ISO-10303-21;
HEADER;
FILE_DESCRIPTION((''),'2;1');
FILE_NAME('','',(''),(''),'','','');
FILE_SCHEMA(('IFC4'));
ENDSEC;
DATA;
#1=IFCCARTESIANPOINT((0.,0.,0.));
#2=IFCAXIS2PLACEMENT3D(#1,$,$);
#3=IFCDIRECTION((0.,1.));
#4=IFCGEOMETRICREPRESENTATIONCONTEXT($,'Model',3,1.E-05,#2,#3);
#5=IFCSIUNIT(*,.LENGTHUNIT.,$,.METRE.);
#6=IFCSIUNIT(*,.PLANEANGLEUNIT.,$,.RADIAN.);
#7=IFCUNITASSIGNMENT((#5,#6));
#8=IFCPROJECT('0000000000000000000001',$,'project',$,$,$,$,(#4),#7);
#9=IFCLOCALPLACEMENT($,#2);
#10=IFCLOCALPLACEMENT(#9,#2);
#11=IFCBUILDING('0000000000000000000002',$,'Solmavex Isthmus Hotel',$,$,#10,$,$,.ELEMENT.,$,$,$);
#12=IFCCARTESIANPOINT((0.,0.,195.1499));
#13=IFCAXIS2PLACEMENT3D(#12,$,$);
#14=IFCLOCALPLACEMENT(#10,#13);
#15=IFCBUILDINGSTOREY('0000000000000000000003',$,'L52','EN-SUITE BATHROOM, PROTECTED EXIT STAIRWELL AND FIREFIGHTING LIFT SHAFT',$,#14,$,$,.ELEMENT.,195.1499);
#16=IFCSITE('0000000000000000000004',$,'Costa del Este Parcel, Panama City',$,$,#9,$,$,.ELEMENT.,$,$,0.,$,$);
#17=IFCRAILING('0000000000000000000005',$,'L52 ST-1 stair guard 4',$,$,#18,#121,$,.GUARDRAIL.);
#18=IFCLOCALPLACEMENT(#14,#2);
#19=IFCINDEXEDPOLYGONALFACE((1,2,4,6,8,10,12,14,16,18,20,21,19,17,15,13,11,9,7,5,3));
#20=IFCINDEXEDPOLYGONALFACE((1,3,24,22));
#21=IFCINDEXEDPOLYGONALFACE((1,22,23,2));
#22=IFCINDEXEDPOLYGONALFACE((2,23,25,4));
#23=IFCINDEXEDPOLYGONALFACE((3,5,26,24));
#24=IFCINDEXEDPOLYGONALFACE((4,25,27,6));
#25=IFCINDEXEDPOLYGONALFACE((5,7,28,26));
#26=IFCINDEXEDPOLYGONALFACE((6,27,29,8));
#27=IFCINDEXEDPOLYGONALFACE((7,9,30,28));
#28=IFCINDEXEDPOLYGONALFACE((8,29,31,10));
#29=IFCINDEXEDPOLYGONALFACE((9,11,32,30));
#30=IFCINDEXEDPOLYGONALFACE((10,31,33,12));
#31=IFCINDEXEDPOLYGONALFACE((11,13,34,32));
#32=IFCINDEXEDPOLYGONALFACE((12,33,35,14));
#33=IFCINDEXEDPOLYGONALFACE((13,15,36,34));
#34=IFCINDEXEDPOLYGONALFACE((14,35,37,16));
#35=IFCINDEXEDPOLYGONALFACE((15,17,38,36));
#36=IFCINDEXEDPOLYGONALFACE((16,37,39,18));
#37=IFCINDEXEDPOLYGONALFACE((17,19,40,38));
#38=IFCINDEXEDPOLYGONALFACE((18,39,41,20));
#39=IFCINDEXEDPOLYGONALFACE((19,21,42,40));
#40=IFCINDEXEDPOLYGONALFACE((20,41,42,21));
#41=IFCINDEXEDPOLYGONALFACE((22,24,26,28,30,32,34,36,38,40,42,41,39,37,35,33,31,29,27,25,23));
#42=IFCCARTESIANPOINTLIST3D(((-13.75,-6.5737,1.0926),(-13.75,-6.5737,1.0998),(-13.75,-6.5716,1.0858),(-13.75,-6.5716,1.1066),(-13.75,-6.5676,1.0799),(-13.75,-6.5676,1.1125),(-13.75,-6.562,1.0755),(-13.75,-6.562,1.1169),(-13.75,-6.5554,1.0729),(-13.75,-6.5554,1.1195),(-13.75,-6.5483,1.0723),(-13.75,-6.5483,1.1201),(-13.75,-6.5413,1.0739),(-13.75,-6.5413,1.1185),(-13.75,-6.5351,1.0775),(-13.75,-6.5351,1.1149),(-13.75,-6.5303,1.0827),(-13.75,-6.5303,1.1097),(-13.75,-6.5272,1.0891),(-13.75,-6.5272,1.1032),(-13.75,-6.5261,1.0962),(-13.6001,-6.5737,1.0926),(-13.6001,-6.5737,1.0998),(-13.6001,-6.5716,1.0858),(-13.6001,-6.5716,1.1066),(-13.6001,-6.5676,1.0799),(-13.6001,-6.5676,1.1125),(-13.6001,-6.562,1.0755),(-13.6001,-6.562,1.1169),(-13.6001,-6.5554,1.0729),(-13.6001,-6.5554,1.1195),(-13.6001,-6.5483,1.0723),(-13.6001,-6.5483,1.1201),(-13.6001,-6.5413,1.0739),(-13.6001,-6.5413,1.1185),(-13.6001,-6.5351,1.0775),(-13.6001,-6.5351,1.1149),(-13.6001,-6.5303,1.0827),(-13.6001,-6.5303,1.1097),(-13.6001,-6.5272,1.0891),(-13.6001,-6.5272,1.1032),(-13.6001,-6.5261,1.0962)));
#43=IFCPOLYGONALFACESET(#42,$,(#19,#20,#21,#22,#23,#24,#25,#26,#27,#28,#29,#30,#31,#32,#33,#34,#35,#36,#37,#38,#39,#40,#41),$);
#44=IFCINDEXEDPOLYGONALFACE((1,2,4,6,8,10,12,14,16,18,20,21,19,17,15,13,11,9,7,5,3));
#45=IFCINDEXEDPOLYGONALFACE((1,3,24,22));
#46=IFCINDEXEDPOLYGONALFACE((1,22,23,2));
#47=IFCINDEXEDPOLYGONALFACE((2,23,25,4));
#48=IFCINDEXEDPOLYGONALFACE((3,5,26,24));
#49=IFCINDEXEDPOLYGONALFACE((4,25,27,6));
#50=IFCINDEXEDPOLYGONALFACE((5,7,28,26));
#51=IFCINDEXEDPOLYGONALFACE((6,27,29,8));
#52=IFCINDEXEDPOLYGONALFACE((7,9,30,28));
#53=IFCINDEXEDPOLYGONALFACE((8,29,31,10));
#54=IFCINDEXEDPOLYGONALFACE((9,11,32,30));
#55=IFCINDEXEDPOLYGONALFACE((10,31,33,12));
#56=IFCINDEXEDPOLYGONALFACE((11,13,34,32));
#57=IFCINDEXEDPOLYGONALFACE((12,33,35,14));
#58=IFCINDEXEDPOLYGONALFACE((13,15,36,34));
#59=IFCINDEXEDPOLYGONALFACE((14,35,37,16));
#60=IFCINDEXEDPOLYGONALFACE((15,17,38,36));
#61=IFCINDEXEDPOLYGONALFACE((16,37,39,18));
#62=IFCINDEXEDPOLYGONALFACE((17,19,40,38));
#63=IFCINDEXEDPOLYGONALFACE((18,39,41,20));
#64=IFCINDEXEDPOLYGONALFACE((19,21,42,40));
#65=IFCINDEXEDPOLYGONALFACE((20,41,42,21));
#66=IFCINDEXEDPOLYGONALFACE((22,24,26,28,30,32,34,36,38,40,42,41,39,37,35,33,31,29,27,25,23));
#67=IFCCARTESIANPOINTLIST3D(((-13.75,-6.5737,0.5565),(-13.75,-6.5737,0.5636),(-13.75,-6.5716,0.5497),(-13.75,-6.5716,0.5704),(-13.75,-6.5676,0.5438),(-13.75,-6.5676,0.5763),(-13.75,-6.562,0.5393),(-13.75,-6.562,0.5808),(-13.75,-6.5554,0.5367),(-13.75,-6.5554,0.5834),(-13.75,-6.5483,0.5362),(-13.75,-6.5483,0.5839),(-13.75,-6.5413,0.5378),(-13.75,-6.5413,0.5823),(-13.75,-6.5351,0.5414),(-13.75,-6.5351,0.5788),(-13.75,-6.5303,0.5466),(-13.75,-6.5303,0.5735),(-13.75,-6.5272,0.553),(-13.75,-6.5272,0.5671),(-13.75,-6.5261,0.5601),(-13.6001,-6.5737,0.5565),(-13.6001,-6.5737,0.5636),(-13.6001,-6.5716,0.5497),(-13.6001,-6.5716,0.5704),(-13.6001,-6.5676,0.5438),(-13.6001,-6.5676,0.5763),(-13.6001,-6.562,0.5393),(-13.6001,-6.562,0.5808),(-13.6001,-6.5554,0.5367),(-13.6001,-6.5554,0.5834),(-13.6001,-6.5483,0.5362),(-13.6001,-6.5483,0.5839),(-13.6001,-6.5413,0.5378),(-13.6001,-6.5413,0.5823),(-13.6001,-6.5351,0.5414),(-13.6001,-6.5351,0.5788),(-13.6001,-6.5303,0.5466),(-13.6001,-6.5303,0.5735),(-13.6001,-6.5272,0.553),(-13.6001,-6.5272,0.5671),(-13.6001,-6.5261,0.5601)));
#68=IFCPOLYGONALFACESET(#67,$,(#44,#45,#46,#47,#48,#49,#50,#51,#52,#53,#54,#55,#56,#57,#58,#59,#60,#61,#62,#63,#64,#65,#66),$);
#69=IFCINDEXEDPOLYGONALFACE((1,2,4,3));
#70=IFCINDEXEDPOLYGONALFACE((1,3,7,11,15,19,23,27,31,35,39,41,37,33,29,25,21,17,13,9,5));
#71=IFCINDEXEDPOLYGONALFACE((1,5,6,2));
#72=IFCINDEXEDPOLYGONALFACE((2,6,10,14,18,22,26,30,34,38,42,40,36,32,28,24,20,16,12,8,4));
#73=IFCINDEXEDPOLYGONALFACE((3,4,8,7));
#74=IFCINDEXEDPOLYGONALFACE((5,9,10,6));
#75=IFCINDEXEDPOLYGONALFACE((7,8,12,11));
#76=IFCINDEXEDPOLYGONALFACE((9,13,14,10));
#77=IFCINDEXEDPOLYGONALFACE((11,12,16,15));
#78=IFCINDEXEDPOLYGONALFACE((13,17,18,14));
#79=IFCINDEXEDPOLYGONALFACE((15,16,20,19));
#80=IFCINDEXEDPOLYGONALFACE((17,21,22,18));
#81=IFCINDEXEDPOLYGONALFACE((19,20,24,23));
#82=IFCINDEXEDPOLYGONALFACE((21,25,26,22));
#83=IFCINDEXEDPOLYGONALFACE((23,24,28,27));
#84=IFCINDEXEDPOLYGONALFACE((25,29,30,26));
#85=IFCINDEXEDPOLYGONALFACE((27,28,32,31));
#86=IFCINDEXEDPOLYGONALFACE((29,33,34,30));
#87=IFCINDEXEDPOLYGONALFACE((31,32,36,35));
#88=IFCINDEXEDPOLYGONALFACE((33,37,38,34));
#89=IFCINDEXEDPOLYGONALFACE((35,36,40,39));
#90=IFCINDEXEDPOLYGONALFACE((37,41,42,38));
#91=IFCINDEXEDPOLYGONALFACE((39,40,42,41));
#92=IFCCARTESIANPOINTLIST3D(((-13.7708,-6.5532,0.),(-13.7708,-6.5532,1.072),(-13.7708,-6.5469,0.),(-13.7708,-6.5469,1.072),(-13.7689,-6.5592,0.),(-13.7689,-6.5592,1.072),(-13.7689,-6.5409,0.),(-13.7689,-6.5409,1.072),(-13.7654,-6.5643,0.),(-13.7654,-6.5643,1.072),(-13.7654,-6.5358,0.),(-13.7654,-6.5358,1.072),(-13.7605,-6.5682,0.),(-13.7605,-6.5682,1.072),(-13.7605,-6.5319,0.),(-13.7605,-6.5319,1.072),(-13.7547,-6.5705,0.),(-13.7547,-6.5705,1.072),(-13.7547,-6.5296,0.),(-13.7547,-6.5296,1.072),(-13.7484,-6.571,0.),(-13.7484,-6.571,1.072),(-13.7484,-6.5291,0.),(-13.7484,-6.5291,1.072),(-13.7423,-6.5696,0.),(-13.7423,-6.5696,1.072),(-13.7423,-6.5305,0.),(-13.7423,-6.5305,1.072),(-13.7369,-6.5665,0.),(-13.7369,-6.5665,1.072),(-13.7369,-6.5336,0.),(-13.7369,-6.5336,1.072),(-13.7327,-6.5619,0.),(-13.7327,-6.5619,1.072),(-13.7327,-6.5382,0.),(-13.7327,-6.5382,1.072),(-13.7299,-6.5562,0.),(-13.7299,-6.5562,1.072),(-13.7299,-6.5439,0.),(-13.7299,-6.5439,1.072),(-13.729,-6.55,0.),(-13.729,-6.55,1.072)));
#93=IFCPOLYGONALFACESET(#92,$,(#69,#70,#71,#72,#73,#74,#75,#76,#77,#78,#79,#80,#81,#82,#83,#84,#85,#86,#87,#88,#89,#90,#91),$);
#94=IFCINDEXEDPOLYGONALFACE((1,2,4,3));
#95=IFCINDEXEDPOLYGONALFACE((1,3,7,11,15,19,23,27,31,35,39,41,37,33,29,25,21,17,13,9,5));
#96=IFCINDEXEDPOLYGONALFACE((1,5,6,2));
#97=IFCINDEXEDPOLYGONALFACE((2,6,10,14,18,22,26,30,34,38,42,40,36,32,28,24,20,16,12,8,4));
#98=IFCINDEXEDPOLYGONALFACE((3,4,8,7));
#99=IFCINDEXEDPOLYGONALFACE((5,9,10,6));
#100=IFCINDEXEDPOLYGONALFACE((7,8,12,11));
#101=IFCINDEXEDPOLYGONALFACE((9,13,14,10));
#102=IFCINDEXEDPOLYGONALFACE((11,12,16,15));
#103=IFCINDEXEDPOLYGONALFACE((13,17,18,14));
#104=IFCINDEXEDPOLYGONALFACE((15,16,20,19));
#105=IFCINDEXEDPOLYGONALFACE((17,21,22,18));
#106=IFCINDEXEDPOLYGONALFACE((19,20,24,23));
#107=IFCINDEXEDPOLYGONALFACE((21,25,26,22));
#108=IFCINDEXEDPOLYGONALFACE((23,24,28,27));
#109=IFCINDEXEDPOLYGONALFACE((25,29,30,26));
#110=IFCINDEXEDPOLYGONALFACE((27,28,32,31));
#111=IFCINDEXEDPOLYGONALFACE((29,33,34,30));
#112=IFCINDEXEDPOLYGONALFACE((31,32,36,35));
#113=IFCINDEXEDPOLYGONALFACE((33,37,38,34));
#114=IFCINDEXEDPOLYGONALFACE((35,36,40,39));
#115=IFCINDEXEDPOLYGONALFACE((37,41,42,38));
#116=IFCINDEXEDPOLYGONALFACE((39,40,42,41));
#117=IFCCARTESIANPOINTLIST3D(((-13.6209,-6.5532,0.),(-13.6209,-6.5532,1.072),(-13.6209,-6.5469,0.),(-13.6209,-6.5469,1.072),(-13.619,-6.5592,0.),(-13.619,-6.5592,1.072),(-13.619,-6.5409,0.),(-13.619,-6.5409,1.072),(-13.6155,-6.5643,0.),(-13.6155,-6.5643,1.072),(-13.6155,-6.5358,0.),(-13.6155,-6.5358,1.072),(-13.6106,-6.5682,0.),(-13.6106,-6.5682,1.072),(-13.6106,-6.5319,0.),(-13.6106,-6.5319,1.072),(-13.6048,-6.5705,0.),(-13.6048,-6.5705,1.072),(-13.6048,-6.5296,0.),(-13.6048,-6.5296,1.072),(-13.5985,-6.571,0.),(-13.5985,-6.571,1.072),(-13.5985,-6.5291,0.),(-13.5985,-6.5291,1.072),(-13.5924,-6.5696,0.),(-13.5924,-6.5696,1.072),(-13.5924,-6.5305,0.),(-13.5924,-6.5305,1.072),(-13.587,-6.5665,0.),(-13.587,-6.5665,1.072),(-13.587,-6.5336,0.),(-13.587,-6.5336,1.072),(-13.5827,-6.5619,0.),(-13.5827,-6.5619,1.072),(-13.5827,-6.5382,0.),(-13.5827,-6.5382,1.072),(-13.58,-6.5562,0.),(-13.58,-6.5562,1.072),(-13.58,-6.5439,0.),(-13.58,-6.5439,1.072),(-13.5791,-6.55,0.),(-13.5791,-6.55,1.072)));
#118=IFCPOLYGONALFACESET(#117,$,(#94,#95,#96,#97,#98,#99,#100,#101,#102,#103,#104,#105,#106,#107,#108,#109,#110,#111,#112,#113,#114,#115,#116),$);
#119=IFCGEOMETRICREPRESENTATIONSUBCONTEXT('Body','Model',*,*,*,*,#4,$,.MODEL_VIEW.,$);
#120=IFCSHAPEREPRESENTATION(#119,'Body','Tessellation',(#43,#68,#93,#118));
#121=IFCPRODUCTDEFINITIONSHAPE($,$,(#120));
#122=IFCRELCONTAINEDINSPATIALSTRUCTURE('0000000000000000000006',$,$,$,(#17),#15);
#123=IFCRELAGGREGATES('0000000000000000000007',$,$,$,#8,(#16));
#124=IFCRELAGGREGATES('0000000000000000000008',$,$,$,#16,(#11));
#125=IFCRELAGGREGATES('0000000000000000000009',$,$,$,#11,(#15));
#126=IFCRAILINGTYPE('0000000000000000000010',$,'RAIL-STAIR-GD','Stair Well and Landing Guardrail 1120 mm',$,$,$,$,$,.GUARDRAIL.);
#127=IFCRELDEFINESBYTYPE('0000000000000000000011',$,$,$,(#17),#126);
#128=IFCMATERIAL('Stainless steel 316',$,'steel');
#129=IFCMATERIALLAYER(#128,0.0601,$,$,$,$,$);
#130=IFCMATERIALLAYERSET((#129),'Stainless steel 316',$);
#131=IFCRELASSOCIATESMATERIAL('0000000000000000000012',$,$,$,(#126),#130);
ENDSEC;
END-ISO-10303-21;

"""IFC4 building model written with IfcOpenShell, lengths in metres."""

from ifc_helpers import new_model, si_unit, direction, frame, origin, origin_2d, place, context, subcontext, project, spatial, circle, extrude, material, layer, layer_set, type_object, element, save


model = new_model("IFC4")

# Units and contexts
model_context = context("Model", 3, precision=1e-05, world=origin(), true_north=direction((0.0, 1.0)))
body_context = subcontext(model_context, "Body", "Model", "MODEL_VIEW")
ifc_project = project(units=[si_unit("LENGTHUNIT", "METRE"), si_unit("PLANEANGLEUNIT", "RADIAN")], contexts=[model_context])

# Site, building, storey
site_placement = place(None, origin())
site = spatial("IfcSite", under=ifc_project, at=site_placement, Name="Costa del Este Parcel, Panama City", CompositionType="ELEMENT", RefElevation=0.0)
building_placement = place(site_placement, origin())
building = spatial("IfcBuilding", under=site, at=building_placement, Name="Solmavex Isthmus Hotel", CompositionType="ELEMENT")
storey_placement = place(building_placement, frame((0.0, 0.0, 195.1499)))
storey = spatial("IfcBuildingStorey", under=building, at=storey_placement, Name="L52", Description="EN-SUITE BATHROOM, PROTECTED EXIT STAIRWELL AND FIREFIGHTING LIFT SHAFT", CompositionType="ELEMENT", Elevation=195.1499)

# Railing
ifc_material_1 = material(Name="Stainless steel 316", Category="steel")
ifc_layer_1 = layer(ifc_material_1, 0.0601)
ifc_layer_set_1 = layer_set([ifc_layer_1], Name="Stainless steel 316")
railing_type_1 = type_object("IfcRailingType", Name="RAIL-STAIR-GD", Description="Stair Well and Landing Guardrail 1120 mm", PredefinedType="GUARDRAIL", material=ifc_layer_set_1)
railing_1_placement = place(storey_placement, frame((-13.75, -6.55, 0.0)))
element("IfcRailing", 1, at=railing_1_placement, inside=storey, type_object=railing_type_1, Name="L52 ST-1 stair guard 4", PredefinedType="GUARDRAIL", context=body_context, shape_type="SweptSolid", body=[
    extrude(circle(Radius=0.0239, at=origin_2d()), frame((0.0, 0.0, 1.0962), z_axis=(1.0, 0.0, 0.0), x_axis=(0.0, 1.0, 0.0)), (0.0, 0.0, 1.0), 0.1499),
    extrude(circle(Radius=0.0239, at=origin_2d()), frame((0.0, 0.0, 0.5601), z_axis=(1.0, 0.0, 0.0), x_axis=(0.0, 1.0, 0.0)), (0.0, 0.0, 1.0), 0.1499),
    extrude(circle(Radius=0.021, at=origin_2d()), origin(), (0.0, 0.0, 1.0), 1.072),
    extrude(circle(Radius=0.021, at=origin_2d()), frame((0.1499, 0.0, 0.0)), (0.0, 0.0, 1.0), 1.072),
])

save(model, "model.ifc")
